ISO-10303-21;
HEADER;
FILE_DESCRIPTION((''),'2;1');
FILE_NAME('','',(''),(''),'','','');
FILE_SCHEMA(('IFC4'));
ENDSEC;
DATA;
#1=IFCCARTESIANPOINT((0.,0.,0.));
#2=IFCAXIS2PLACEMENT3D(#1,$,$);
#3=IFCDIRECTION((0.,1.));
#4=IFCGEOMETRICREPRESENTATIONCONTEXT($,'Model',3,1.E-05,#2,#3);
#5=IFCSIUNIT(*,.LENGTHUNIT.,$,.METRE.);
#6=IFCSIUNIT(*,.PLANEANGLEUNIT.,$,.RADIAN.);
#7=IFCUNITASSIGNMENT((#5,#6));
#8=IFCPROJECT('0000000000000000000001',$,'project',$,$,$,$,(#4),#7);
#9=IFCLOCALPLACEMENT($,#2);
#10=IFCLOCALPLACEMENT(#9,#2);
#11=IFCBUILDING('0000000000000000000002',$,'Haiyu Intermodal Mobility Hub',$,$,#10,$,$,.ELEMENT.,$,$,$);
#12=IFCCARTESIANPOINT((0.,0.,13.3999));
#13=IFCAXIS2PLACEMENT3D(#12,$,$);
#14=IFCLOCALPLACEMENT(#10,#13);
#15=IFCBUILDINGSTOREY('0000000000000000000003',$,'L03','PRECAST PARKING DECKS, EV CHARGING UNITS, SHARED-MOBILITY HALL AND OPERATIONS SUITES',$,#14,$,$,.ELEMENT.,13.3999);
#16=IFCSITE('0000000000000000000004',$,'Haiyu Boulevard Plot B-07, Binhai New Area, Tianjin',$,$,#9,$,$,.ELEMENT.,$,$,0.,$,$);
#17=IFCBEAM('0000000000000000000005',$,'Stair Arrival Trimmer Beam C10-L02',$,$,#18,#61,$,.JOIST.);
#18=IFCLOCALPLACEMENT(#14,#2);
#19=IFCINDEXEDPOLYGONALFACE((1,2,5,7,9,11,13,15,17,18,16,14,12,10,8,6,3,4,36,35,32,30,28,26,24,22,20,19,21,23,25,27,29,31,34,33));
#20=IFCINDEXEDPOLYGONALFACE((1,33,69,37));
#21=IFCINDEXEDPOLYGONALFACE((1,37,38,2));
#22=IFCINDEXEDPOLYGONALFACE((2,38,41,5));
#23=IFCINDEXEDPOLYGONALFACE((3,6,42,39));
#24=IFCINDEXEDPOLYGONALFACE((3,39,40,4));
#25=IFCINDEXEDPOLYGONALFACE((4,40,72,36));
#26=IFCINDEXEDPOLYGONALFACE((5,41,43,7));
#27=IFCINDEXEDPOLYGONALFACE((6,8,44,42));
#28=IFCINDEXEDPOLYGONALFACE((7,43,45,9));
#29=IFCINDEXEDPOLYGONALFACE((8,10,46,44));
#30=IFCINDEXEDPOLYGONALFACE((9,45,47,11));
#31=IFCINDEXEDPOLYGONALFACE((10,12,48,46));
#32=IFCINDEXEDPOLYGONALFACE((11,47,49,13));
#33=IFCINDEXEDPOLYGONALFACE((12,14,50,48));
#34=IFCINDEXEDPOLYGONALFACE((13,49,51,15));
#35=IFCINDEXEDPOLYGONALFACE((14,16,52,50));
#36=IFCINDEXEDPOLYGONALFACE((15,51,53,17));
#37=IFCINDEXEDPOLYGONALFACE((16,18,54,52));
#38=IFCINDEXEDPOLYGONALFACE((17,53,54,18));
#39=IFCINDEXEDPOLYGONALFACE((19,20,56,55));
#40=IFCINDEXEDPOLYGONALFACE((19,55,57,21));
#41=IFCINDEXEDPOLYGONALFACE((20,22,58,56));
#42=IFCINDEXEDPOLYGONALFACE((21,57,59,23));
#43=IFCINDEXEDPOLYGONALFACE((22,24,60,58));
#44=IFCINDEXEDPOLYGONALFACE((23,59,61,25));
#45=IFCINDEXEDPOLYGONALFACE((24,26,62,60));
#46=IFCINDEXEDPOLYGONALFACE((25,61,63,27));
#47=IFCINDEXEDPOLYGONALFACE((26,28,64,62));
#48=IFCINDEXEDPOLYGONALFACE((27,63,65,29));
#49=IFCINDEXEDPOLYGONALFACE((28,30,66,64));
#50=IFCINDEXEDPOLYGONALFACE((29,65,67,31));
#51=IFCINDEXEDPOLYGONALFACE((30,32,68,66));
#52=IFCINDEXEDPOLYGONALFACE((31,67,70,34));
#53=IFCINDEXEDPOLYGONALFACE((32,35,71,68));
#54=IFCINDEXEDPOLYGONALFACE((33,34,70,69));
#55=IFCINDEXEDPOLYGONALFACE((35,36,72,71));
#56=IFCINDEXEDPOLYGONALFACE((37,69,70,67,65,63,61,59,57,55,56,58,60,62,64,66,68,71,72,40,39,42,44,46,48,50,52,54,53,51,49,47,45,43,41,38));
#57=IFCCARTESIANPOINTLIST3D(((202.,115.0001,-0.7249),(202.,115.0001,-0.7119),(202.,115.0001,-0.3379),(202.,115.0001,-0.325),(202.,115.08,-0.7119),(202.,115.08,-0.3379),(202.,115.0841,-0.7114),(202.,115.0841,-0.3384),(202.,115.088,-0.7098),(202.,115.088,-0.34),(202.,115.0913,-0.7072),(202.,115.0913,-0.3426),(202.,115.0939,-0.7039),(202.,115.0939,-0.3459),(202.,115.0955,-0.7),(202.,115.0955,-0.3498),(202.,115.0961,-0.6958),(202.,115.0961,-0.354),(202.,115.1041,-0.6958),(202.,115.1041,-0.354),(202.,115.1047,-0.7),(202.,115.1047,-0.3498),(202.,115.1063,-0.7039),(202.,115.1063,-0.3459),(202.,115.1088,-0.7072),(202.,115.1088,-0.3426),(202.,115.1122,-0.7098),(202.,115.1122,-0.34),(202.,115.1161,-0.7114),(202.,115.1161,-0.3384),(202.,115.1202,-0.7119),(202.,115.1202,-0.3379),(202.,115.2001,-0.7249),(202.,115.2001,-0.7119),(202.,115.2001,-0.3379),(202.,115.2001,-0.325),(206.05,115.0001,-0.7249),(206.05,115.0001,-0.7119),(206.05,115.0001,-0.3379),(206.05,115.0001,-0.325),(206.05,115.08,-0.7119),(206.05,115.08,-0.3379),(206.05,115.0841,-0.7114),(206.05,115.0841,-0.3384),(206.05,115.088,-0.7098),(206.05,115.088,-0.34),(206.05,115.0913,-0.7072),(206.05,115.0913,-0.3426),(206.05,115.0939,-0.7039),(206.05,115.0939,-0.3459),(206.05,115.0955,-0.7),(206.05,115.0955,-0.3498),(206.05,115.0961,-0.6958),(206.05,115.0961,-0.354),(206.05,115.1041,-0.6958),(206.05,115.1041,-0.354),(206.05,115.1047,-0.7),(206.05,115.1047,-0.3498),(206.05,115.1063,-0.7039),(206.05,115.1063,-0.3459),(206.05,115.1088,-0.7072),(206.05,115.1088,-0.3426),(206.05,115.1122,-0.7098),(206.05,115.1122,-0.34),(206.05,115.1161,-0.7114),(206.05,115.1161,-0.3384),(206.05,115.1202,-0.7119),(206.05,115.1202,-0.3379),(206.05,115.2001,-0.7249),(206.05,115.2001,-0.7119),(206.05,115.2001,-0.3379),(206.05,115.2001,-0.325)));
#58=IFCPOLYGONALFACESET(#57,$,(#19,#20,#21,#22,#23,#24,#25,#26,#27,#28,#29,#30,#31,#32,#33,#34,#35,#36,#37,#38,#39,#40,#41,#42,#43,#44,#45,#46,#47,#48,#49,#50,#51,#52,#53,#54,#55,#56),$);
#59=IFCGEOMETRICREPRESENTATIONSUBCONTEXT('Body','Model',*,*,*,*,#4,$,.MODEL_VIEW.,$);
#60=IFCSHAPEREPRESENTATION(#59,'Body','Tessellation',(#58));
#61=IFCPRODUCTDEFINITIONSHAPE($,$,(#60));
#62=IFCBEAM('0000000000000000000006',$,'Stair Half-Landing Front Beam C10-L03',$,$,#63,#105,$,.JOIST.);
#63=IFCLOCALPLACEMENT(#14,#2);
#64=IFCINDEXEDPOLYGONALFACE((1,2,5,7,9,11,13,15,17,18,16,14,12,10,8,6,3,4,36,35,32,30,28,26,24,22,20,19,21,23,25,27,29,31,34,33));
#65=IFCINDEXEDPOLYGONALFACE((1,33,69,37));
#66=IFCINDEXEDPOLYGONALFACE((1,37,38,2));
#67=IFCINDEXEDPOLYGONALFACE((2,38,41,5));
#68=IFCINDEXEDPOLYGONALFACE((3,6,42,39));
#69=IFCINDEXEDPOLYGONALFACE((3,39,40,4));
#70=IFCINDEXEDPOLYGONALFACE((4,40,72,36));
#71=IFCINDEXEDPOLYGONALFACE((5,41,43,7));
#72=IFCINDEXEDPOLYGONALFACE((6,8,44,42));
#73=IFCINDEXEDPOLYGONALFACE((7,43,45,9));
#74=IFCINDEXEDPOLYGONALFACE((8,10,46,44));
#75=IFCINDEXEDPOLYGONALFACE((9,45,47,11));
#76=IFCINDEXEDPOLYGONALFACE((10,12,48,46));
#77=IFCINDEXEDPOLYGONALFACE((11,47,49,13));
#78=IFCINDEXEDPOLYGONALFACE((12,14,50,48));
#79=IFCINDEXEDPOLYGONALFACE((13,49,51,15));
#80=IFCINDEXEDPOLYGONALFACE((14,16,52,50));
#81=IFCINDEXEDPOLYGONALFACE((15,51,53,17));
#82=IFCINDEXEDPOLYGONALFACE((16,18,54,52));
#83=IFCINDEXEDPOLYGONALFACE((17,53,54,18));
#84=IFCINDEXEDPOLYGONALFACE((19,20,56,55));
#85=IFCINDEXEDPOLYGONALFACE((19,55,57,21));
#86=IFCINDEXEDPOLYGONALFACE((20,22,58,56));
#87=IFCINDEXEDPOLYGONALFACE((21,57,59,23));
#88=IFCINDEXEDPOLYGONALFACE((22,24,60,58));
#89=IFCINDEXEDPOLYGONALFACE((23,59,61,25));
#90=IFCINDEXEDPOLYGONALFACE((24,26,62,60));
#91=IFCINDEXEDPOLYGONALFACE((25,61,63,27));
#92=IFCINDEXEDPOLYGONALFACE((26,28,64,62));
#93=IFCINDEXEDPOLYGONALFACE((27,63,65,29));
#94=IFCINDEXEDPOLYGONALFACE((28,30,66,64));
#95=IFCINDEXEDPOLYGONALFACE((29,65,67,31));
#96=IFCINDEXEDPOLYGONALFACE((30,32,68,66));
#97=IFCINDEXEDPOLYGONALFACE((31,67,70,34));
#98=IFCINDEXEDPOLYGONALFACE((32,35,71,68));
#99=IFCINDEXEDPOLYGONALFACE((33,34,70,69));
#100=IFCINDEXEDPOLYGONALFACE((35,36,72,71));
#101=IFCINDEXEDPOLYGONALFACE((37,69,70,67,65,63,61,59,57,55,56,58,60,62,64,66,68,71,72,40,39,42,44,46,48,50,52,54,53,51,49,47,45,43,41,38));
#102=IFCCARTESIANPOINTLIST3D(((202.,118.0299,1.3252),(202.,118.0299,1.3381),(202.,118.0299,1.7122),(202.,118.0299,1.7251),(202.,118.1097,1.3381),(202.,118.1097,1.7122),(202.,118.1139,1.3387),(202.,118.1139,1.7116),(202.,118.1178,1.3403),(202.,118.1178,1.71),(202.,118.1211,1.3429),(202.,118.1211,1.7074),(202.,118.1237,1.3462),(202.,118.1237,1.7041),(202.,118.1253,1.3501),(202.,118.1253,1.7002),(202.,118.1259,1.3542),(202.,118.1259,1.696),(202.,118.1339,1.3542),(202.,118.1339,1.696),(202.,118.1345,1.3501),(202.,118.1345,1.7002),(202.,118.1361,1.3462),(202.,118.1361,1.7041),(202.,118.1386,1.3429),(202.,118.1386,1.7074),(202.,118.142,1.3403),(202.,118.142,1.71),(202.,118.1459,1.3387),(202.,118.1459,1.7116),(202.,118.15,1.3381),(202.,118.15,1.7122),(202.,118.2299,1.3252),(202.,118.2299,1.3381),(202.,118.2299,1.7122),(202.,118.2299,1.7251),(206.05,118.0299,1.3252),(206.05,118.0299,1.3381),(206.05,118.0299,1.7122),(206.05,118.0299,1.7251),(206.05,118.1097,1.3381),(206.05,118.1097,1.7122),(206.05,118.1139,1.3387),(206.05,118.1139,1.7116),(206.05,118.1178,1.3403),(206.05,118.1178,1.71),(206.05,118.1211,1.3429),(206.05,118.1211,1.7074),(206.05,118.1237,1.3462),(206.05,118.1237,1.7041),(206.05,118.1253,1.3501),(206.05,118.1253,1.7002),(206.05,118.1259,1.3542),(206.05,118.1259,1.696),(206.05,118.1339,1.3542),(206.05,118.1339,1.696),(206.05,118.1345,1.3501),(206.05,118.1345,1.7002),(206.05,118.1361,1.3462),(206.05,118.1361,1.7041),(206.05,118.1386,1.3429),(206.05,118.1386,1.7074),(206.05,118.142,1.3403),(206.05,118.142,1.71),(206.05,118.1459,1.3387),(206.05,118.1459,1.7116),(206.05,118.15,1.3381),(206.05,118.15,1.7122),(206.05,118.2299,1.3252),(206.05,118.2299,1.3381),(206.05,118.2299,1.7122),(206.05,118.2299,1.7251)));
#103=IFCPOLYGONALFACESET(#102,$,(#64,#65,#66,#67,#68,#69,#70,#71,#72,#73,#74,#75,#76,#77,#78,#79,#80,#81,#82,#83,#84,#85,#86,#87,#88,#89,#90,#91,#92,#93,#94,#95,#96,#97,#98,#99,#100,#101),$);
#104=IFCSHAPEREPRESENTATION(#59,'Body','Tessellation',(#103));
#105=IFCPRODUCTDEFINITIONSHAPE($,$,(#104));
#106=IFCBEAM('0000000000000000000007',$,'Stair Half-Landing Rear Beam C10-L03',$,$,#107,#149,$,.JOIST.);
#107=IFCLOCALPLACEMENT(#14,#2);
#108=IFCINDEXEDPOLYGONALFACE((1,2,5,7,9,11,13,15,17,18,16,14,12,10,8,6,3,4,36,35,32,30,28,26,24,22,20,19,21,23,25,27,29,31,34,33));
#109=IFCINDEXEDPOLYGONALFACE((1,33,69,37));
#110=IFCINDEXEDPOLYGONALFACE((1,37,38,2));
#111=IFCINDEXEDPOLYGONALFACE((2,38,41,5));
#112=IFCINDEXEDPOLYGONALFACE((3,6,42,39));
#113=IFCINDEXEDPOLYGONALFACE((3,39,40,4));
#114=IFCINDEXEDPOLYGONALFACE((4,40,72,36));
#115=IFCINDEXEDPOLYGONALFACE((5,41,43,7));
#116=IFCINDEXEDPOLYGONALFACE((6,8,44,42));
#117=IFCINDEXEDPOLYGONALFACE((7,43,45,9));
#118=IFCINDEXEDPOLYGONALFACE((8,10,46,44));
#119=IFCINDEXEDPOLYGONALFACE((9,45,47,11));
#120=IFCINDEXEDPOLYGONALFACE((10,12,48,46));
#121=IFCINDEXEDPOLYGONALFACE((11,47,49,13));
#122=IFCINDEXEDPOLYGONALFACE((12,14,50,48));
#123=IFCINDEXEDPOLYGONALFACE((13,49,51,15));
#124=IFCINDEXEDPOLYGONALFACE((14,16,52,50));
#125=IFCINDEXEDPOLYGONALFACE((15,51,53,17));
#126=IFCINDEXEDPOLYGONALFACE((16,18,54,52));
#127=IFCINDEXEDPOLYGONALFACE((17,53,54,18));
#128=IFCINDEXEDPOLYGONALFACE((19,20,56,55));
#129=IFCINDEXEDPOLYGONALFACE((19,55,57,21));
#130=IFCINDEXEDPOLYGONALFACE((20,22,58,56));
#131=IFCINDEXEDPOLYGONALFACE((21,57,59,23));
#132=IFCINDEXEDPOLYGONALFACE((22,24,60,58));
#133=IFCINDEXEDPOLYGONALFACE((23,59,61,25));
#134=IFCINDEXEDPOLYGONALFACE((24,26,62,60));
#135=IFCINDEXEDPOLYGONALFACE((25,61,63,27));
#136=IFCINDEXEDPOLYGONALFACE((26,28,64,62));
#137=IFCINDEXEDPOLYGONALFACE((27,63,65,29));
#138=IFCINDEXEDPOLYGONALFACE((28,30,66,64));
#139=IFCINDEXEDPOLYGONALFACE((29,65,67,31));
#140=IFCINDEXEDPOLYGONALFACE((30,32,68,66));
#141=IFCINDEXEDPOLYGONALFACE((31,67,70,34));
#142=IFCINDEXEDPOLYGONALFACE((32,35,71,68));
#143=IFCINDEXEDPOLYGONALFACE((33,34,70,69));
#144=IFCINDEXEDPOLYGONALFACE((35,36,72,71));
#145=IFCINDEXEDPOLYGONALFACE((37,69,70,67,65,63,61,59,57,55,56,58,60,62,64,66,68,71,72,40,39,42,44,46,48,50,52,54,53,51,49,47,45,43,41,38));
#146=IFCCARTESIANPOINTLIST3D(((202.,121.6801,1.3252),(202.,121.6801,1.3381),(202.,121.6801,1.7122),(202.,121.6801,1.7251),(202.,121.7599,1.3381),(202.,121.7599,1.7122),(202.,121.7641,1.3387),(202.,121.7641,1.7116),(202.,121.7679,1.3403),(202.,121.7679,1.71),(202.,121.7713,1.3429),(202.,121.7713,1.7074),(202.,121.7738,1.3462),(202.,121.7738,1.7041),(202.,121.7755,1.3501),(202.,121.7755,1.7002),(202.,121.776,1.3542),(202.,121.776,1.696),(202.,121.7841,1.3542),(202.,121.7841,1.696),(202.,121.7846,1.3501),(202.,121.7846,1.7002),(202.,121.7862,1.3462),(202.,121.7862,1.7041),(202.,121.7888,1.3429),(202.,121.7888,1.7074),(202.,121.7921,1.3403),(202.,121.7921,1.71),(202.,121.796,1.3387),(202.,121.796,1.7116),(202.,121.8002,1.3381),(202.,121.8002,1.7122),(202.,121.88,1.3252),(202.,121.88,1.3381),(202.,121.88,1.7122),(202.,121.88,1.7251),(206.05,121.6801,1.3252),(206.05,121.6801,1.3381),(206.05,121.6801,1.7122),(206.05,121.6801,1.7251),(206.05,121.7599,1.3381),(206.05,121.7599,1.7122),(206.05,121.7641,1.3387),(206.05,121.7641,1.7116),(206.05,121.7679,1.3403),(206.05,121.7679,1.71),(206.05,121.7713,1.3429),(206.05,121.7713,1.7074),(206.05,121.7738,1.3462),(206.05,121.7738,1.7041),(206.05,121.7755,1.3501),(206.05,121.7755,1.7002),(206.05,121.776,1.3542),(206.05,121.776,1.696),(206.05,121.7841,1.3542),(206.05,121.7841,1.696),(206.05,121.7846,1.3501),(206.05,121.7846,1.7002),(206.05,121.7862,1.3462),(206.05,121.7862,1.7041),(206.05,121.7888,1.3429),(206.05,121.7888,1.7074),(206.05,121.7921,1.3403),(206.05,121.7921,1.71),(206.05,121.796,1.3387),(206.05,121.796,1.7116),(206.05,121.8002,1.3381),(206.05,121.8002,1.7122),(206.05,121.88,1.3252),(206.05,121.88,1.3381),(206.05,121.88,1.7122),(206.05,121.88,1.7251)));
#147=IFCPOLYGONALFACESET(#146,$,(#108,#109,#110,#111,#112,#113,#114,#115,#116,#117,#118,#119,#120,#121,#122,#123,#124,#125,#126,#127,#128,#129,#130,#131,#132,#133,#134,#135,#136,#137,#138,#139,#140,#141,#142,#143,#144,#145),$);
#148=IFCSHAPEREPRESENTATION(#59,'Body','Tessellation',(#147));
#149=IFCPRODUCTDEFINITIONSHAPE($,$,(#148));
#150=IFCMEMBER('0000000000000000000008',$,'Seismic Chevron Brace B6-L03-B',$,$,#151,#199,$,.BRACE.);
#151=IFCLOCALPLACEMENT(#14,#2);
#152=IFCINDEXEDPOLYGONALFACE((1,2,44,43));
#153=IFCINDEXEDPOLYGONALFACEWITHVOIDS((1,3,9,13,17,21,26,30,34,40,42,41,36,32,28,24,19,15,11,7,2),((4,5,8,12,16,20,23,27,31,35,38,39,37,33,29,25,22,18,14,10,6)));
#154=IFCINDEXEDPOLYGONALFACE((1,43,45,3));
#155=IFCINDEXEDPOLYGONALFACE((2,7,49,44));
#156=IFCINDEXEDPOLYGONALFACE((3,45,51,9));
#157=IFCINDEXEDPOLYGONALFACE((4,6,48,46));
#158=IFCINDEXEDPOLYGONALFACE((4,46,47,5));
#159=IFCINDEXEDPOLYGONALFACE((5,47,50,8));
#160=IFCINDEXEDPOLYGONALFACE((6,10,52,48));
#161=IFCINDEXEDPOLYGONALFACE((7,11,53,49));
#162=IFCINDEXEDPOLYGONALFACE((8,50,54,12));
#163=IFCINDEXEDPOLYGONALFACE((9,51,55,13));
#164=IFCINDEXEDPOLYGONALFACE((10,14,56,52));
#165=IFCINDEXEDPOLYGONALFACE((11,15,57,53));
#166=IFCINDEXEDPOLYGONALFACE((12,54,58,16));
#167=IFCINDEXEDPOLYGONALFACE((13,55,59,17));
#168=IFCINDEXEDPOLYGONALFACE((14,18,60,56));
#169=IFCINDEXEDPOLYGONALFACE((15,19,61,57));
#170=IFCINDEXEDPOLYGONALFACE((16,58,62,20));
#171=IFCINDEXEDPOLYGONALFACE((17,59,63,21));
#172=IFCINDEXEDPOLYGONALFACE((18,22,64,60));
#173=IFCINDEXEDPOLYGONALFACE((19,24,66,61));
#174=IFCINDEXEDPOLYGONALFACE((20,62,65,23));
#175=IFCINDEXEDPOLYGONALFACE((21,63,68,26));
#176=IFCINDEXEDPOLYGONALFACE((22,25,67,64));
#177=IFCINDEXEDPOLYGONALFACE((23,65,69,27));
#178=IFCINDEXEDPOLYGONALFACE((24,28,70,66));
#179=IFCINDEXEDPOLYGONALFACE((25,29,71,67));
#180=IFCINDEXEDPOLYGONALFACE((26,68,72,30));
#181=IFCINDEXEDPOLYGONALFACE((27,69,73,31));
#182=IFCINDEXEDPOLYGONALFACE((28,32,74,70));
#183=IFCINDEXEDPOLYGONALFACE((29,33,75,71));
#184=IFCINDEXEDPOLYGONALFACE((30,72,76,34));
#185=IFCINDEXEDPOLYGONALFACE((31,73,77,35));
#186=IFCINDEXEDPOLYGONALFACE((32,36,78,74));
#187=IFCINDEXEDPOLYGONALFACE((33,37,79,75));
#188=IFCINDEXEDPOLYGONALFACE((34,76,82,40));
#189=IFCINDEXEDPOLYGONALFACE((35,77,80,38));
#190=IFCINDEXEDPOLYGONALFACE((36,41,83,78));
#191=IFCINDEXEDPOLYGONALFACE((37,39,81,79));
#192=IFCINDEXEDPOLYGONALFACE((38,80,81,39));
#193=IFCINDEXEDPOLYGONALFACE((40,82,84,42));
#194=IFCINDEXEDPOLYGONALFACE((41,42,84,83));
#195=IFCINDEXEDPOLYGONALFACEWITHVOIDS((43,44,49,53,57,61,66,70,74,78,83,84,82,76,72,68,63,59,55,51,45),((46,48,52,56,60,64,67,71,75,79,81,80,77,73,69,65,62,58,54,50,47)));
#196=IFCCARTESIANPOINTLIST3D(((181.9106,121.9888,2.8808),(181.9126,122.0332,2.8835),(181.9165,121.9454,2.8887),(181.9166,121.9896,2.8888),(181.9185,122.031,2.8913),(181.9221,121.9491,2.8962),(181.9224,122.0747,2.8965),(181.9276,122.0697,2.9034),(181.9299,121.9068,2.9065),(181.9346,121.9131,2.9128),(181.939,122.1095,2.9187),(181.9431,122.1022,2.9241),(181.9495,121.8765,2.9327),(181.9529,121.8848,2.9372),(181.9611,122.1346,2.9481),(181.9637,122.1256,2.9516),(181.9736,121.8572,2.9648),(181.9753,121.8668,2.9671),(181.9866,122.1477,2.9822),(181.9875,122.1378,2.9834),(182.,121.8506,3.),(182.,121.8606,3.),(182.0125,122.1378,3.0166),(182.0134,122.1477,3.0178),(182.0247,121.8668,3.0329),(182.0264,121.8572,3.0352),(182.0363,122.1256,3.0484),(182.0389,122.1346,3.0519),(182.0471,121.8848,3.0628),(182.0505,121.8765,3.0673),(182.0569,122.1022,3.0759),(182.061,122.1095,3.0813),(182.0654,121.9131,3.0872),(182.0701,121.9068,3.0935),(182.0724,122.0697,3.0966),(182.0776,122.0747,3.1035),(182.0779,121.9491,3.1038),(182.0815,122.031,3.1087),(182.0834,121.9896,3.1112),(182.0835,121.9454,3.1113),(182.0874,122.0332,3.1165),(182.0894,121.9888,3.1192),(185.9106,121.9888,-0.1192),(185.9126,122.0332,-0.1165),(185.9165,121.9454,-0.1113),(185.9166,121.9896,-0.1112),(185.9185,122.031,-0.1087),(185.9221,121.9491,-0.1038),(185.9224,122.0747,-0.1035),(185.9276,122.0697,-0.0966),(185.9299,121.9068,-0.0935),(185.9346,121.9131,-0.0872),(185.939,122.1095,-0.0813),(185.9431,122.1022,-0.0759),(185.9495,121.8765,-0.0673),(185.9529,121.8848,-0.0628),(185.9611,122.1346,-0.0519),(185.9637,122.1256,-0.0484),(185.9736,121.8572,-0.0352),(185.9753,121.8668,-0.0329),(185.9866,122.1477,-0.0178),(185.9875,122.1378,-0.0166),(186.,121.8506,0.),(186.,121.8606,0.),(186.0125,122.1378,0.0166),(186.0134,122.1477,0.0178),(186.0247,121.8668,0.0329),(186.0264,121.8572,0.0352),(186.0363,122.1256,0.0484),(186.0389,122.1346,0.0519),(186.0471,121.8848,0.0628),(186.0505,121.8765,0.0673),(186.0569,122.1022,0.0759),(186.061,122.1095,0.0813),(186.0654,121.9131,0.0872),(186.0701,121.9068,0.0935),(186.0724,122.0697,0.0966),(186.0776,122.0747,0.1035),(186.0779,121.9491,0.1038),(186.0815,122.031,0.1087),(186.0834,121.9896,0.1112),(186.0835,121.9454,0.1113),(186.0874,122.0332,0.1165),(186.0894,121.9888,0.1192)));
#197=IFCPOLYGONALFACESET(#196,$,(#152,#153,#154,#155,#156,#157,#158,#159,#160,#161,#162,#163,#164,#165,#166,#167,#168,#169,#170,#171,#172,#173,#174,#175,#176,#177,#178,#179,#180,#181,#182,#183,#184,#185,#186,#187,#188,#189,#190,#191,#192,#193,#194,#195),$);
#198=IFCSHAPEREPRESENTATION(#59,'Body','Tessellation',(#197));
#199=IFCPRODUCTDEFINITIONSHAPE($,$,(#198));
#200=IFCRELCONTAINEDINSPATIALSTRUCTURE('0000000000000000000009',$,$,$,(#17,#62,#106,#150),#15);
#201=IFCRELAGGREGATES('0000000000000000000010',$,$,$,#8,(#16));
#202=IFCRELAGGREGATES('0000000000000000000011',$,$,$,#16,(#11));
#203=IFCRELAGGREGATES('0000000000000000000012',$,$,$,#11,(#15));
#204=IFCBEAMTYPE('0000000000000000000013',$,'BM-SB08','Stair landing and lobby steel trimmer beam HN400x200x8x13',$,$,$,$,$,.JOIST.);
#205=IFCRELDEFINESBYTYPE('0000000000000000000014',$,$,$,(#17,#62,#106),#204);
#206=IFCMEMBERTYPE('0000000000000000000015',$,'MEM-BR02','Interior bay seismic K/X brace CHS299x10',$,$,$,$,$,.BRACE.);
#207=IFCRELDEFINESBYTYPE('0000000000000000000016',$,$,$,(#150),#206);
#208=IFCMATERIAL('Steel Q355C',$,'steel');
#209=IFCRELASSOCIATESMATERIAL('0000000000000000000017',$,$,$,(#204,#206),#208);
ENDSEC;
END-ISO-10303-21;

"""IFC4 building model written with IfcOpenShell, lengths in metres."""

from ifc_helpers import new_model, si_unit, direction, frame, origin, origin_2d, place, context, subcontext, project, spatial, hollow_circle, i_section, extrude, material, material_profile, profile_set, type_object, element, save


model = new_model("IFC4")

# Units and contexts
model_context = context("Model", 3, precision=1e-05, world=origin(), true_north=direction((0.0, 1.0)))
body_context = subcontext(model_context, "Body", "Model", "MODEL_VIEW")
ifc_project = project(units=[si_unit("LENGTHUNIT", "METRE"), si_unit("PLANEANGLEUNIT", "RADIAN")], contexts=[model_context])

# Site, building, storey
site_placement = place(None, origin())
site = spatial("IfcSite", under=ifc_project, at=site_placement, Name="Haiyu Boulevard Plot B-07, Binhai New Area, Tianjin", CompositionType="ELEMENT", RefElevation=0.0)
building_placement = place(site_placement, origin())
building = spatial("IfcBuilding", under=site, at=building_placement, Name="Haiyu Intermodal Mobility Hub", CompositionType="ELEMENT")
storey_placement = place(building_placement, frame((0.0, 0.0, 13.3999)))
storey = spatial("IfcBuildingStorey", under=building, at=storey_placement, Name="L03", Description="PRECAST PARKING DECKS, EV CHARGING UNITS, SHARED-MOBILITY HALL AND OPERATIONS SUITES", CompositionType="ELEMENT", Elevation=13.3999)

# Beams
ifc_material_1 = material(Name="Steel Q355C", Category="steel")
ifc_material_profile_1 = material_profile(ifc_material_1, i_section(OverallWidth=0.2, OverallDepth=0.3999, WebThickness=0.0081, FlangeThickness=0.0129, FilletRadius=0.0161, at=origin_2d()), Name="HN400x200x8x13")
ifc_profile_set_1 = profile_set([ifc_material_profile_1], Name="Steel Q355C")
beam_type_1 = type_object("IfcBeamType", Name="BM-SB08", Description="Stair landing and lobby steel trimmer beam HN400x200x8x13", PredefinedType="JOIST", material=ifc_profile_set_1)
for number, where, z_axis, x_axis, name in (
    (1, (202.0, 115.1001, -0.5249), (1.0, 0.0, 0.0), (0.0, 1.0, 0.0), "Stair Arrival Trimmer Beam C10-L02"),
    (2, (202.0, 118.1299, 1.5251), (1.0, 0.0, 0.0), (0.0, 1.0, 0.0), "Stair Half-Landing Front Beam C10-L03"),
    (3, (202.0, 121.78, 1.5251), (1.0, 0.0, 0.0), (0.0, 1.0, 0.0), "Stair Half-Landing Rear Beam C10-L03"),
):
    element("IfcBeam", number, at=place(storey_placement, frame(where, z_axis=z_axis, x_axis=x_axis)), inside=storey, type_object=beam_type_1, Name=name, PredefinedType="JOIST", context=body_context, shape_type="SweptSolid", body=[
        extrude(i_section(OverallWidth=0.2, OverallDepth=0.3999, WebThickness=0.0081, FlangeThickness=0.0129, FilletRadius=0.0161, at=origin_2d()), origin(), (0.0, 0.0, 1.0), 4.05),
    ])

# Member
ifc_material_profile_2 = material_profile(ifc_material_1, hollow_circle(Radius=0.1494, WallThickness=0.01, at=origin_2d()), Name="CHS299x10")
ifc_profile_set_2 = profile_set([ifc_material_profile_2], Name="Steel Q355C")
member_type = type_object("IfcMemberType", Name="MEM-BR02", Description="Interior bay seismic K/X brace CHS299x10", PredefinedType="BRACE", material=ifc_profile_set_2)
member_placement = place(storey_placement, frame((186.0, 122.0, 0.0), z_axis=(-0.8, 0.0, 0.6), x_axis=(0.0, -1.0, 0.0)))
element("IfcMember", 4, at=member_placement, inside=storey, type_object=member_type, Name="Seismic Chevron Brace B6-L03-B", PredefinedType="BRACE", context=body_context, shape_type="SweptSolid", body=[
    extrude(hollow_circle(Radius=0.1494, WallThickness=0.01, at=origin_2d()), origin(), (0.0, 0.0, 1.0), 5.0),
])

save(model, "model.ifc")
